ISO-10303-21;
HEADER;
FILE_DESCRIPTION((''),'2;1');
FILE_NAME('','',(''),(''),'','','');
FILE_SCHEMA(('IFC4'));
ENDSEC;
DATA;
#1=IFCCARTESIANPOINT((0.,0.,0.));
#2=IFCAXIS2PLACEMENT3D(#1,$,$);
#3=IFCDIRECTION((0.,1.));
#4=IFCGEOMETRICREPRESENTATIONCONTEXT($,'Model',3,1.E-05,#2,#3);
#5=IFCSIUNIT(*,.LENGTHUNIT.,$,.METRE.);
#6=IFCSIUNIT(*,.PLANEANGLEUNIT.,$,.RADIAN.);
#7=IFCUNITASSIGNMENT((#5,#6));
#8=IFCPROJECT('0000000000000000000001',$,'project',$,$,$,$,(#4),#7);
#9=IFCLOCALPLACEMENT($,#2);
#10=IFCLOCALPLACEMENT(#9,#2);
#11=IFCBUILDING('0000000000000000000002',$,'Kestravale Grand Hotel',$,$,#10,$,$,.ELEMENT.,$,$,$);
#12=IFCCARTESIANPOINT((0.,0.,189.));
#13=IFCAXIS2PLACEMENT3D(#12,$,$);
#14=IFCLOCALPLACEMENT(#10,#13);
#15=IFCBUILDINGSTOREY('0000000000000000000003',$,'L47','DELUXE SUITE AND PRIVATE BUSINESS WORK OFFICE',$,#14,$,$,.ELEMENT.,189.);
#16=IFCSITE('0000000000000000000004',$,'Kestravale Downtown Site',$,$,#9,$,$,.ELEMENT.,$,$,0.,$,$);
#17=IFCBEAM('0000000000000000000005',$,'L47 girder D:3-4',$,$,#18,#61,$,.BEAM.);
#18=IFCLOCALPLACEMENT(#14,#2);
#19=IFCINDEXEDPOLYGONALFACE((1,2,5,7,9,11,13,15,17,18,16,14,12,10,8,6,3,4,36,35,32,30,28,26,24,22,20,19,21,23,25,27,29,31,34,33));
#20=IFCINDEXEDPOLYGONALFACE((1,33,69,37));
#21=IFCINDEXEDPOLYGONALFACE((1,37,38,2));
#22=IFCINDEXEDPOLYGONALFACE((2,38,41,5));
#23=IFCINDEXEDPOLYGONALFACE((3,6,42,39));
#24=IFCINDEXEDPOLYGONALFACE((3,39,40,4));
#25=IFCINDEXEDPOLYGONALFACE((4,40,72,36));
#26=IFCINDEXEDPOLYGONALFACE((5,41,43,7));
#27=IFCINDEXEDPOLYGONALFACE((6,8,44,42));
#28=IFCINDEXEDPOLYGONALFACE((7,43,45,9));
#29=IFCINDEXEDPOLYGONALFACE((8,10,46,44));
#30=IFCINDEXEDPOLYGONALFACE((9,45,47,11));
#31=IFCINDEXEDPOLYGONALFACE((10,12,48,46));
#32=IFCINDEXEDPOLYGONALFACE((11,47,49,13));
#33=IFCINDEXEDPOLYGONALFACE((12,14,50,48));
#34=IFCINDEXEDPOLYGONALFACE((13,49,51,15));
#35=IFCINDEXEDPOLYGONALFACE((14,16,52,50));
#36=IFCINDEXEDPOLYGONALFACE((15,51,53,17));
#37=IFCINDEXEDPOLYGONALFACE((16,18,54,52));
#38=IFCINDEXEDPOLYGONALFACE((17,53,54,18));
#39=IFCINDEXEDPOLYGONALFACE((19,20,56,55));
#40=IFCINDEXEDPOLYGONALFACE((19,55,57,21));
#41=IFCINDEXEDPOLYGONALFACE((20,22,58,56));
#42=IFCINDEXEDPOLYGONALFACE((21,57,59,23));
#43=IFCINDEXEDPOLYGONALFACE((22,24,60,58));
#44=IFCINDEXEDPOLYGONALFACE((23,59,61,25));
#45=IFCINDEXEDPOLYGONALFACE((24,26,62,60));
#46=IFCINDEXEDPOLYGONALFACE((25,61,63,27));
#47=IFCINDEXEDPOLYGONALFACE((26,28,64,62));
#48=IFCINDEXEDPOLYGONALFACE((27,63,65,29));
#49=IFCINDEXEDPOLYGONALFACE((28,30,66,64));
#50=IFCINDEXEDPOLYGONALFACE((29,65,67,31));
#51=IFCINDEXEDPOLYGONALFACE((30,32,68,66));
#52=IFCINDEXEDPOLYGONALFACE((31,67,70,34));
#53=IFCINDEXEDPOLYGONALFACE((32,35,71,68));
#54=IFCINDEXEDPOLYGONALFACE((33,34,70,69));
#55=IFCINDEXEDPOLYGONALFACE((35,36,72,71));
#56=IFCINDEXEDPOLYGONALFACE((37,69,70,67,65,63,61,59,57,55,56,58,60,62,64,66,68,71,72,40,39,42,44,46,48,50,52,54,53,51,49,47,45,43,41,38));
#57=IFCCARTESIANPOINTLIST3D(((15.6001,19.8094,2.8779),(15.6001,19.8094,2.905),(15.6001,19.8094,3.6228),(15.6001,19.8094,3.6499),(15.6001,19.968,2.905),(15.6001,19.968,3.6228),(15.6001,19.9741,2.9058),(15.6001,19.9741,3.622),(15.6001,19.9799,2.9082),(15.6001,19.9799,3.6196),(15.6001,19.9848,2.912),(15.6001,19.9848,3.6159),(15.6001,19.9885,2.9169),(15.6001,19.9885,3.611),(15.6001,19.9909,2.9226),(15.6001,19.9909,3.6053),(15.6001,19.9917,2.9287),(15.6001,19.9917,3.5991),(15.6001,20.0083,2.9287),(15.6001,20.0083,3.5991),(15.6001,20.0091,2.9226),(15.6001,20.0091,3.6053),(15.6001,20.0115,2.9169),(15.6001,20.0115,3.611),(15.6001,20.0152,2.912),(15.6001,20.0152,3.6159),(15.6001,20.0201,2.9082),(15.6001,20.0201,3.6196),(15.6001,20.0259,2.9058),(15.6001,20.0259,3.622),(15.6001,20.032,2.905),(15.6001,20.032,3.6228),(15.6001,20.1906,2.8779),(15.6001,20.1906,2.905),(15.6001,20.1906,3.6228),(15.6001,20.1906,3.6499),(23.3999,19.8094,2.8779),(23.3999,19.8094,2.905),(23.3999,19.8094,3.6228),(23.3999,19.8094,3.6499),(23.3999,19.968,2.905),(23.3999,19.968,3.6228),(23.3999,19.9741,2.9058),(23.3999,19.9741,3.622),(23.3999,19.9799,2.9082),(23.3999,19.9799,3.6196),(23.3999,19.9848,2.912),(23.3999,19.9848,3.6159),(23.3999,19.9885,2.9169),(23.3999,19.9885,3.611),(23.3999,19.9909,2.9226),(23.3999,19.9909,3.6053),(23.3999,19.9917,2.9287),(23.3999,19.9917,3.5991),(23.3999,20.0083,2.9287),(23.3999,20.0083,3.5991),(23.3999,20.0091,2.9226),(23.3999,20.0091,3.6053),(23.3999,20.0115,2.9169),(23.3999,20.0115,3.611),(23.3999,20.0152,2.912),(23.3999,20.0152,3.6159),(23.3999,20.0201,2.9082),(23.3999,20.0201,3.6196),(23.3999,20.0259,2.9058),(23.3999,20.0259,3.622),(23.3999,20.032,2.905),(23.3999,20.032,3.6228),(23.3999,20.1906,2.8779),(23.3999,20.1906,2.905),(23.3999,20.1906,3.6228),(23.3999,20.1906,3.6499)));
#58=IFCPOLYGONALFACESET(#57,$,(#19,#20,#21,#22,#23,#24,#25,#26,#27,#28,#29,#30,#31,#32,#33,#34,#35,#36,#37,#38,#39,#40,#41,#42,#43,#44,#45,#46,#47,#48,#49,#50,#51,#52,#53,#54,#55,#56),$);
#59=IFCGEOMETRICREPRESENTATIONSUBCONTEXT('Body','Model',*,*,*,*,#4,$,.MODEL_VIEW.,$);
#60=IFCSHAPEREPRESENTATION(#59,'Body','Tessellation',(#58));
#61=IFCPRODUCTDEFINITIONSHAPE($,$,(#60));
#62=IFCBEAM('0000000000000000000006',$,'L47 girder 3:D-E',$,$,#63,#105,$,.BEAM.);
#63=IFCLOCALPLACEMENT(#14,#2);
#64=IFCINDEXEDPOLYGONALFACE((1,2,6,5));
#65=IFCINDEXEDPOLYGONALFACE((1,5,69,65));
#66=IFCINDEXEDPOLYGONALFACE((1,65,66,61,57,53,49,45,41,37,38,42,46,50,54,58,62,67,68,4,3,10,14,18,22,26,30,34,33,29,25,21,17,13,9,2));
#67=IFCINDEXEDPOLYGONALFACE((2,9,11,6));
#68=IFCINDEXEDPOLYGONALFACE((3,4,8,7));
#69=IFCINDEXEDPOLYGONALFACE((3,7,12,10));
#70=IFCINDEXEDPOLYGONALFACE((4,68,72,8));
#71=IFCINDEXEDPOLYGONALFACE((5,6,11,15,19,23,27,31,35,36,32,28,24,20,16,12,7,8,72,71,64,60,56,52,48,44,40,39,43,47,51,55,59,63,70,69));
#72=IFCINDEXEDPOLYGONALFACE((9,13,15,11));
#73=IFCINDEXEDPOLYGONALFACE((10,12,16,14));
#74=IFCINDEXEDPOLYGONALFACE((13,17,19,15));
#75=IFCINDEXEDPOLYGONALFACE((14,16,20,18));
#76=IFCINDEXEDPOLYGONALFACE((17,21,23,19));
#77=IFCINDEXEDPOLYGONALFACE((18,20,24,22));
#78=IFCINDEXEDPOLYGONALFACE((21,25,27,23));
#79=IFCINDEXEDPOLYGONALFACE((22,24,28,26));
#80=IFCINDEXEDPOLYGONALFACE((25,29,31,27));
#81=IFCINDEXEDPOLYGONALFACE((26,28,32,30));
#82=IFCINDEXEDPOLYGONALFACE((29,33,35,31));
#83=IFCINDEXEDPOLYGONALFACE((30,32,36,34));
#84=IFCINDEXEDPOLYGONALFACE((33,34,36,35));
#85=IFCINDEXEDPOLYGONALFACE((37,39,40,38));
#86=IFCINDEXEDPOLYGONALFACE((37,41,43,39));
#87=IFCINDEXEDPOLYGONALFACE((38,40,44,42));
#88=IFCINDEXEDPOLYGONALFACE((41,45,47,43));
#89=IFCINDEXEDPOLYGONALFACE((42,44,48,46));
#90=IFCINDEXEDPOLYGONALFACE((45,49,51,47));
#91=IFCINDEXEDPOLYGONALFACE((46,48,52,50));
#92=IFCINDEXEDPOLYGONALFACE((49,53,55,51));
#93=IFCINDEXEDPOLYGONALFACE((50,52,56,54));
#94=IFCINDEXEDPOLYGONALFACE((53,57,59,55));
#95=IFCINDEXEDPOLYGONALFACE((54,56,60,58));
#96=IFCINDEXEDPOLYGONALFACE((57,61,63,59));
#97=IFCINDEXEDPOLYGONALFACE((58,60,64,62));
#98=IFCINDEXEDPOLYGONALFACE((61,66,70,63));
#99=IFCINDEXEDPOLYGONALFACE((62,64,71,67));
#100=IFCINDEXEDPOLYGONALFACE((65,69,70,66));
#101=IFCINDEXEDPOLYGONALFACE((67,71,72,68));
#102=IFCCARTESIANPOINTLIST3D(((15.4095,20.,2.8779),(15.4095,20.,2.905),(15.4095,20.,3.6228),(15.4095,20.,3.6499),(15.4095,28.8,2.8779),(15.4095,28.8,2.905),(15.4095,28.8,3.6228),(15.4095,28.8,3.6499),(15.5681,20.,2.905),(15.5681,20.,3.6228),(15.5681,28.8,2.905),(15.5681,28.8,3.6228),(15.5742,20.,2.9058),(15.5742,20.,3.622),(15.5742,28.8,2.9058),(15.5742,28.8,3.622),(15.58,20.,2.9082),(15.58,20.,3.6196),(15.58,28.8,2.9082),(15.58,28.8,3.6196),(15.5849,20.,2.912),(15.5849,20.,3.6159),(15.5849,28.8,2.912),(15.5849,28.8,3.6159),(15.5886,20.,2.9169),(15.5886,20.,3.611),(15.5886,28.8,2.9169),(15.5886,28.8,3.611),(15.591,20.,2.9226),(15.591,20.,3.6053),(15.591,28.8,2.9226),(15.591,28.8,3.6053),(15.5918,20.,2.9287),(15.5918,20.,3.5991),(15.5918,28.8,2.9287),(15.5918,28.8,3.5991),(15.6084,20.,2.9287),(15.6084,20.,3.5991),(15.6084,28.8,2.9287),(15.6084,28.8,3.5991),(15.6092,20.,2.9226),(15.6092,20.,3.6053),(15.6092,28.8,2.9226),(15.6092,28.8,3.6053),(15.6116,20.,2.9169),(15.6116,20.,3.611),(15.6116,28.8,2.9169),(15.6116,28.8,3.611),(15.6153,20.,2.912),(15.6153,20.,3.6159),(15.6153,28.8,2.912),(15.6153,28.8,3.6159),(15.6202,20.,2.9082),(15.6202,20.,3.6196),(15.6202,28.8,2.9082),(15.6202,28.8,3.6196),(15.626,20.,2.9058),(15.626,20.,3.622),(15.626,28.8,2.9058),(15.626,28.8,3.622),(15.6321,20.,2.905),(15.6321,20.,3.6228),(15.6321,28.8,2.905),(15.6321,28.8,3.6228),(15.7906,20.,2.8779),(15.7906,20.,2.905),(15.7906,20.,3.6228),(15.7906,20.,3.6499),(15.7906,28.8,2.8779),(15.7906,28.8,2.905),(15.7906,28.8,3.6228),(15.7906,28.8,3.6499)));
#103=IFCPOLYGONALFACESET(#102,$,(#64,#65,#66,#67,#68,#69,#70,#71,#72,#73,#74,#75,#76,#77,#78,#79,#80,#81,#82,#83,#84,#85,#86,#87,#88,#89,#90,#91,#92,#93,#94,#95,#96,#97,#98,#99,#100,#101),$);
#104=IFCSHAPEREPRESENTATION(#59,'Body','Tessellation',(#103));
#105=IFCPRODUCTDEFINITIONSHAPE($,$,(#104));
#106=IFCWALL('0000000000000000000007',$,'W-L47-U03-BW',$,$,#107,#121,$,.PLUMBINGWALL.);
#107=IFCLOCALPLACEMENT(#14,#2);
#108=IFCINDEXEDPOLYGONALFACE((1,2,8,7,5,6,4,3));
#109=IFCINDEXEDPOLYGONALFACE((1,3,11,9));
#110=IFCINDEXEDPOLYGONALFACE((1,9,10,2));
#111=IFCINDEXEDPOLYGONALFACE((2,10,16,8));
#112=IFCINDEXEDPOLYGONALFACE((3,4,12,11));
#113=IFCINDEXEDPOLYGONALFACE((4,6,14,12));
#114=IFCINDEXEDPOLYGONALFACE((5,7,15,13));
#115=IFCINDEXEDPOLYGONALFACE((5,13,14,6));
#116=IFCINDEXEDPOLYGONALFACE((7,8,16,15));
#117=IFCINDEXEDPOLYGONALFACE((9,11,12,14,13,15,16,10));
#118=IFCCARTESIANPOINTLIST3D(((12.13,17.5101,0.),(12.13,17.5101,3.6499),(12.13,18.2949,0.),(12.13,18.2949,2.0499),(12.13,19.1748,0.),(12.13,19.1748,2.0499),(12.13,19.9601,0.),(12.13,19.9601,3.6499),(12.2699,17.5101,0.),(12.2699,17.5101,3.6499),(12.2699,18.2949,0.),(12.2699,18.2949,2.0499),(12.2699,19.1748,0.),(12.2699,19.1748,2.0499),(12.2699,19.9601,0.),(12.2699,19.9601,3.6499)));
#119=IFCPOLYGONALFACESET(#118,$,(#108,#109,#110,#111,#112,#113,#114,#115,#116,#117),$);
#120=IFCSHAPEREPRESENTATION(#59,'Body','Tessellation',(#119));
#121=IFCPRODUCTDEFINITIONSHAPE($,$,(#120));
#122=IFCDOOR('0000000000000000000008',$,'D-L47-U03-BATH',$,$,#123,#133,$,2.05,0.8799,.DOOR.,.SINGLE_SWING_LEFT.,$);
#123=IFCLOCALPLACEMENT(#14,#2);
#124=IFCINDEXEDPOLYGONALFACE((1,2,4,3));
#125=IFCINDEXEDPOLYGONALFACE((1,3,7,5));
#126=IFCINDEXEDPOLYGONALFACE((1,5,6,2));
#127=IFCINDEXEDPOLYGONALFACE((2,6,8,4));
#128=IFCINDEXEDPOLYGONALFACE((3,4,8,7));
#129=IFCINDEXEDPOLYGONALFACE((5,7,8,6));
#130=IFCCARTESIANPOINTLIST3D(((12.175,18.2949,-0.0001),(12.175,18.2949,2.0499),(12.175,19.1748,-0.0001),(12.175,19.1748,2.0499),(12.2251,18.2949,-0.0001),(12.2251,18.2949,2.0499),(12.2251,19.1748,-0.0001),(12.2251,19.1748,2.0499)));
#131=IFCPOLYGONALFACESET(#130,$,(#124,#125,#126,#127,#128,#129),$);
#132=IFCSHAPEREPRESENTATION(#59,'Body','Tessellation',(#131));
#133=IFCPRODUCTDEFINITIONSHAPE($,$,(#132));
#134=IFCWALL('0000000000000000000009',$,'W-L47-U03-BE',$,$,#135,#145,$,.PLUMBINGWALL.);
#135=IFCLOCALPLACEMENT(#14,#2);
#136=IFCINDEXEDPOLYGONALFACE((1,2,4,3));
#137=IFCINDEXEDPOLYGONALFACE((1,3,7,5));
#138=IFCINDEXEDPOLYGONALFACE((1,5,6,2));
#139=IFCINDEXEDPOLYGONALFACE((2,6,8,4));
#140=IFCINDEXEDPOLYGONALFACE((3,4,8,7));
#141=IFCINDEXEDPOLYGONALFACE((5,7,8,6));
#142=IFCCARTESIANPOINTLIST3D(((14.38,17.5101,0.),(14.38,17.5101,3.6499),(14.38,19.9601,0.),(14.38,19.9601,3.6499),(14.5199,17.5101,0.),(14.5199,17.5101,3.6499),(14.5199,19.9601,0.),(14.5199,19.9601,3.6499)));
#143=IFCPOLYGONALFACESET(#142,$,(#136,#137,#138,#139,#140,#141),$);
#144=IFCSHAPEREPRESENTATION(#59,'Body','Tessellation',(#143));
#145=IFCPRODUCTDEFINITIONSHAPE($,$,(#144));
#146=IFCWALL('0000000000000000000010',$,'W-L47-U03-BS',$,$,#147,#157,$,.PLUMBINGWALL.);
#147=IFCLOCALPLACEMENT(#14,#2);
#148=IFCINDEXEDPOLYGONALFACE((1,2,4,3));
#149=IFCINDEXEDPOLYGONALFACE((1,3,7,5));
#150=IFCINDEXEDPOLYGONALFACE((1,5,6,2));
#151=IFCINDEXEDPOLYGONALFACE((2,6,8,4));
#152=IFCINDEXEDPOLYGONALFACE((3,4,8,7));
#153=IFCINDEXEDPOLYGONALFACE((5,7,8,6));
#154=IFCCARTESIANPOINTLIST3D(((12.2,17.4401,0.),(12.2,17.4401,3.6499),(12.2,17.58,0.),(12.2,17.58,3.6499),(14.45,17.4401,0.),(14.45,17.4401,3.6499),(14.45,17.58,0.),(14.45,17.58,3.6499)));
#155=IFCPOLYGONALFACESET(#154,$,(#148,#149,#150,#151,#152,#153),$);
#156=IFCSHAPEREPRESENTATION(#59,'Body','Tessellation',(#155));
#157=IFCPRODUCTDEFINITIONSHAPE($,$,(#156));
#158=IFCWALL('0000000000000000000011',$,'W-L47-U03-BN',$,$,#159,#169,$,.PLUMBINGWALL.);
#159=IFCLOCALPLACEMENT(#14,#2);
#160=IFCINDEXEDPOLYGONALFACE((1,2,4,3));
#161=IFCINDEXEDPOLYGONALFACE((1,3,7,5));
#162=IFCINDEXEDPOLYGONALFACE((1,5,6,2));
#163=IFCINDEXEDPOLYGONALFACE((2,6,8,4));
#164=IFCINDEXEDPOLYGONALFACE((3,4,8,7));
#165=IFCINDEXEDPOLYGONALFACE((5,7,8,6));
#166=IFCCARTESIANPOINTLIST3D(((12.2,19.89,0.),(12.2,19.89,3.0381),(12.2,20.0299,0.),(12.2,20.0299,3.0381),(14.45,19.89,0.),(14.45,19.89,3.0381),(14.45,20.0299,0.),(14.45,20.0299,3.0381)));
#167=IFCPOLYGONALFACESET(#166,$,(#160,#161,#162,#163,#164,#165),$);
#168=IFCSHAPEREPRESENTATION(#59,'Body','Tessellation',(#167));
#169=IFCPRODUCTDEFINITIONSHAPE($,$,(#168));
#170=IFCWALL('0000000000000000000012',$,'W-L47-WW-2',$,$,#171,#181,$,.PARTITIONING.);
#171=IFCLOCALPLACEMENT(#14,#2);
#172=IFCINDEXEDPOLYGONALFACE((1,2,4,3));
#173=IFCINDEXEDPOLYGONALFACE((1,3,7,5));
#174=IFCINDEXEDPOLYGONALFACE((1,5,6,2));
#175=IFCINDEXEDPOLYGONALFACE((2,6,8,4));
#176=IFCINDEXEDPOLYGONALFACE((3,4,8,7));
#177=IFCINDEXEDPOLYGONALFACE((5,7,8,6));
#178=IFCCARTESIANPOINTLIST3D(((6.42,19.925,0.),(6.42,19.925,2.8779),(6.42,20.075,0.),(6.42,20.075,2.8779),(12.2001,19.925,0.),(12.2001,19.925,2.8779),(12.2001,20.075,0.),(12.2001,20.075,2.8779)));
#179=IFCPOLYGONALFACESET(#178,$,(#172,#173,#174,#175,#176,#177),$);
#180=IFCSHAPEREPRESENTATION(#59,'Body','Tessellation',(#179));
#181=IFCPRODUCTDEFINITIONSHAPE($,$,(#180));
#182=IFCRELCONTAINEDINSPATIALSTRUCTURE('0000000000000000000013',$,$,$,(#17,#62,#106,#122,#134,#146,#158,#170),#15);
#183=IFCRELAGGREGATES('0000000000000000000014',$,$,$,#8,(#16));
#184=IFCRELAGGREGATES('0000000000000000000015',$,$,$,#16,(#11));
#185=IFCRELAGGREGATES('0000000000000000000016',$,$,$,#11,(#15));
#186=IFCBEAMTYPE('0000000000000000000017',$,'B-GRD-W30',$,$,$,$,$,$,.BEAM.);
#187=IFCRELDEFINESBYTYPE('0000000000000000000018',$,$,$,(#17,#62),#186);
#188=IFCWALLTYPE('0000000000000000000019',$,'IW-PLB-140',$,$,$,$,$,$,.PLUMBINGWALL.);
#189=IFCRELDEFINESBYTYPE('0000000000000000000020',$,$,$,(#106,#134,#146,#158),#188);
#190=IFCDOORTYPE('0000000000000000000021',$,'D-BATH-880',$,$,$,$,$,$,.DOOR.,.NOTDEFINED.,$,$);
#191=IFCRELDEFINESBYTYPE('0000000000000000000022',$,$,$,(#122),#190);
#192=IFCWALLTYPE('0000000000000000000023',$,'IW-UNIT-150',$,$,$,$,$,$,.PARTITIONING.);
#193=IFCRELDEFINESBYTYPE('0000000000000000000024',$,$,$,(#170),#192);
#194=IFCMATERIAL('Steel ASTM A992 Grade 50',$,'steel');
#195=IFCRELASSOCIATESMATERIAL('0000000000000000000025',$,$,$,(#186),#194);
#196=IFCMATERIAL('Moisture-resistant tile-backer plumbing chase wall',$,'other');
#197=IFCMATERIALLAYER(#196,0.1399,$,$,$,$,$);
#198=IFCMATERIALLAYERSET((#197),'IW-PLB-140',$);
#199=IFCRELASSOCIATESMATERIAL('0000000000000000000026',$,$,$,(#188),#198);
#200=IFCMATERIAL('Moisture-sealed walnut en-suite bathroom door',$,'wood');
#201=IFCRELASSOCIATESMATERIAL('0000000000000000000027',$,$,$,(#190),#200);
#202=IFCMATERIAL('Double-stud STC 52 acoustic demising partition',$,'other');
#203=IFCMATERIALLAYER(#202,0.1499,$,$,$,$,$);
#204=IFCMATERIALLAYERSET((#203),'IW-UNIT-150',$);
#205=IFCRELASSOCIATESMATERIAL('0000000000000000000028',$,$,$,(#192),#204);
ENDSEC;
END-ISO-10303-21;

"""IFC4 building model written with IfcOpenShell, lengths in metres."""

from ifc_helpers import new_model, si_unit, direction, frame, frame_2d, origin, origin_2d, place, context, subcontext, project, spatial, rectangle, i_section, extrude, material, layer, layer_set, material_profile, profile_set, type_object, element, fill, save


model = new_model("IFC4")

# Units and contexts
model_context = context("Model", 3, precision=1e-05, world=origin(), true_north=direction((0.0, 1.0)))
body_context = subcontext(model_context, "Body", "Model", "MODEL_VIEW")
ifc_project = project(units=[si_unit("LENGTHUNIT", "METRE"), si_unit("PLANEANGLEUNIT", "RADIAN")], contexts=[model_context])

# Site, building, storey
site_placement = place(None, origin())
site = spatial("IfcSite", under=ifc_project, at=site_placement, Name="Kestravale Downtown Site", CompositionType="ELEMENT", RefElevation=0.0)
building_placement = place(site_placement, origin())
building = spatial("IfcBuilding", under=site, at=building_placement, Name="Kestravale Grand Hotel", CompositionType="ELEMENT")
storey_placement = place(building_placement, frame((0.0, 0.0, 189.0)))
storey = spatial("IfcBuildingStorey", under=building, at=storey_placement, Name="L47", Description="DELUXE SUITE AND PRIVATE BUSINESS WORK OFFICE", CompositionType="ELEMENT", Elevation=189.0)

# Beams
ifc_material_1 = material(Name="Steel ASTM A992 Grade 50", Category="steel")
ifc_material_profile_1 = material_profile(ifc_material_1, i_section(OverallWidth=0.3811, OverallDepth=0.772, WebThickness=0.0166, FlangeThickness=0.0271, FilletRadius=0.0237, at=origin_2d()))
ifc_profile_set_1 = profile_set([ifc_material_profile_1], Name="Steel ASTM A992 Grade 50")
beam_type_1 = type_object("IfcBeamType", Name="B-GRD-W30", PredefinedType="BEAM", material=ifc_profile_set_1)
beam_1_placement = place(storey_placement, frame((15.6001, 20.0, 3.2639), z_axis=(1.0, 0.0, 0.0), x_axis=(0.0, 1.0, 0.0)))
element("IfcBeam", 1, at=beam_1_placement, inside=storey, type_object=beam_type_1, Name="L47 girder D:3-4", PredefinedType="BEAM", context=body_context, shape_type="SweptSolid", body=[
    extrude(i_section(OverallWidth=0.3811, OverallDepth=0.772, WebThickness=0.0166, FlangeThickness=0.0271, FilletRadius=0.0237, at=origin_2d()), origin(), (0.0, 0.0, 1.0), 7.7998),
])
beam_2_placement = place(storey_placement, frame((15.6001, 20.0, 3.2639), z_axis=(0.0, 1.0, 0.0), x_axis=(-1.0, 0.0, 0.0)))
element("IfcBeam", 2, at=beam_2_placement, inside=storey, type_object=beam_type_1, Name="L47 girder 3:D-E", PredefinedType="BEAM", context=body_context, shape_type="SweptSolid", body=[
    extrude(i_section(OverallWidth=0.3811, OverallDepth=0.772, WebThickness=0.0166, FlangeThickness=0.0271, FilletRadius=0.0237, at=origin_2d()), origin(), (0.0, 0.0, 1.0), 8.8),
])

# Wall, opening, door
ifc_material_2 = material(Name="Moisture-resistant tile-backer plumbing chase wall", Category="other")
ifc_layer_1 = layer(ifc_material_2, 0.1399)
ifc_layer_set_1 = layer_set([ifc_layer_1], Name="IW-PLB-140")
wall_type_1 = type_object("IfcWallType", Name="IW-PLB-140", PredefinedType="PLUMBINGWALL", material=ifc_layer_set_1)
wall_1_placement = place(storey_placement, frame((12.2, 17.51, 0.0), z_axis=(0.0, 0.0, 1.0), x_axis=(0.0, 1.0, 0.0)))
wall_1 = element("IfcWall", 3, at=wall_1_placement, inside=storey, type_object=wall_type_1, Name="W-L47-U03-BW", PredefinedType="PLUMBINGWALL", context=body_context, shape_type="SweptSolid", body=[
    extrude(rectangle(XDim=2.45, YDim=0.1399, at=frame_2d((1.2251, 0.0))), origin(), (0.0, 0.0, 1.0), 3.6499),
])
opening_placement = place(wall_1_placement, frame((0.7849, 0.0, 0.0)))
opening = element("IfcOpeningElement", 4, at=opening_placement, cuts=wall_1, PredefinedType="OPENING", context=body_context, shape_type="SweptSolid", body=[
    extrude(rectangle(XDim=0.8799, YDim=2.05, at=frame_2d((0.4399, 1.0249))), frame((0.0, 0.0798, 0.0), z_axis=(0.0, -1.0, 0.0), x_axis=(1.0, 0.0, 0.0)), (0.0, 0.0, 1.0), 0.1599),
])
ifc_material_3 = material(Name="Moisture-sealed walnut en-suite bathroom door", Category="wood")
door_type = type_object("IfcDoorType", Name="D-BATH-880", OperationType="NOTDEFINED", PredefinedType="DOOR", material=ifc_material_3)
door_placement = place(opening_placement, origin())
door = element("IfcDoor", 5, at=door_placement, inside=storey, type_object=door_type, Name="D-L47-U03-BATH", OperationType="SINGLE_SWING_LEFT", OverallHeight=2.05, OverallWidth=0.8799, PredefinedType="DOOR", context=body_context, shape_type="SweptSolid", body=[
    extrude(rectangle(XDim=0.8799, YDim=2.05, at=frame_2d((0.4399, 1.0249))), frame((0.0, 0.0249, 0.0), z_axis=(0.0, -1.0, 0.0), x_axis=(1.0, 0.0, 0.0)), (0.0, 0.0, 1.0), 0.05),
])
fill(opening, door)

# Walls
wall_2_placement = place(storey_placement, frame((14.45, 17.51, 0.0), z_axis=(0.0, 0.0, 1.0), x_axis=(0.0, 1.0, 0.0)))
element("IfcWall", 6, at=wall_2_placement, inside=storey, type_object=wall_type_1, Name="W-L47-U03-BE", PredefinedType="PLUMBINGWALL", context=body_context, shape_type="SweptSolid", body=[
    extrude(rectangle(XDim=2.45, YDim=0.1399, at=frame_2d((1.2251, 0.0))), origin(), (0.0, 0.0, 1.0), 3.6499),
])
wall_3_placement = place(storey_placement, frame((12.2, 17.51, 0.0), z_axis=(0.0, 0.0, 1.0), x_axis=(1.0, 0.0, 0.0)))
element("IfcWall", 7, at=wall_3_placement, inside=storey, type_object=wall_type_1, Name="W-L47-U03-BS", PredefinedType="PLUMBINGWALL", context=body_context, shape_type="SweptSolid", body=[
    extrude(rectangle(XDim=2.25, YDim=0.1399, at=frame_2d((1.125, 0.0))), origin(), (0.0, 0.0, 1.0), 3.6499),
])
wall_4_placement = place(storey_placement, frame((12.2, 19.96, 0.0), z_axis=(0.0, 0.0, 1.0), x_axis=(1.0, 0.0, 0.0)))
element("IfcWall", 8, at=wall_4_placement, inside=storey, type_object=wall_type_1, Name="W-L47-U03-BN", PredefinedType="PLUMBINGWALL", context=body_context, shape_type="SweptSolid", body=[
    extrude(rectangle(XDim=2.25, YDim=0.1399, at=frame_2d((1.125, 0.0))), origin(), (0.0, 0.0, 1.0), 3.0381),
])
ifc_material_4 = material(Name="Double-stud STC 52 acoustic demising partition", Category="other")
ifc_layer_2 = layer(ifc_material_4, 0.1499)
ifc_layer_set_2 = layer_set([ifc_layer_2], Name="IW-UNIT-150")
wall_type_2 = type_object("IfcWallType", Name="IW-UNIT-150", PredefinedType="PARTITIONING", material=ifc_layer_set_2)
wall_5_placement = place(storey_placement, frame((6.4199, 20.0, 0.0), z_axis=(0.0, 0.0, 1.0), x_axis=(1.0, 0.0, 0.0)))
element("IfcWall", 9, at=wall_5_placement, inside=storey, type_object=wall_type_2, Name="W-L47-WW-2", PredefinedType="PARTITIONING", context=body_context, shape_type="SweptSolid", body=[
    extrude(rectangle(XDim=5.78, YDim=0.1499, at=frame_2d((2.8901, 0.0))), origin(), (0.0, 0.0, 1.0), 2.8779),
])

save(model, "model.ifc")
